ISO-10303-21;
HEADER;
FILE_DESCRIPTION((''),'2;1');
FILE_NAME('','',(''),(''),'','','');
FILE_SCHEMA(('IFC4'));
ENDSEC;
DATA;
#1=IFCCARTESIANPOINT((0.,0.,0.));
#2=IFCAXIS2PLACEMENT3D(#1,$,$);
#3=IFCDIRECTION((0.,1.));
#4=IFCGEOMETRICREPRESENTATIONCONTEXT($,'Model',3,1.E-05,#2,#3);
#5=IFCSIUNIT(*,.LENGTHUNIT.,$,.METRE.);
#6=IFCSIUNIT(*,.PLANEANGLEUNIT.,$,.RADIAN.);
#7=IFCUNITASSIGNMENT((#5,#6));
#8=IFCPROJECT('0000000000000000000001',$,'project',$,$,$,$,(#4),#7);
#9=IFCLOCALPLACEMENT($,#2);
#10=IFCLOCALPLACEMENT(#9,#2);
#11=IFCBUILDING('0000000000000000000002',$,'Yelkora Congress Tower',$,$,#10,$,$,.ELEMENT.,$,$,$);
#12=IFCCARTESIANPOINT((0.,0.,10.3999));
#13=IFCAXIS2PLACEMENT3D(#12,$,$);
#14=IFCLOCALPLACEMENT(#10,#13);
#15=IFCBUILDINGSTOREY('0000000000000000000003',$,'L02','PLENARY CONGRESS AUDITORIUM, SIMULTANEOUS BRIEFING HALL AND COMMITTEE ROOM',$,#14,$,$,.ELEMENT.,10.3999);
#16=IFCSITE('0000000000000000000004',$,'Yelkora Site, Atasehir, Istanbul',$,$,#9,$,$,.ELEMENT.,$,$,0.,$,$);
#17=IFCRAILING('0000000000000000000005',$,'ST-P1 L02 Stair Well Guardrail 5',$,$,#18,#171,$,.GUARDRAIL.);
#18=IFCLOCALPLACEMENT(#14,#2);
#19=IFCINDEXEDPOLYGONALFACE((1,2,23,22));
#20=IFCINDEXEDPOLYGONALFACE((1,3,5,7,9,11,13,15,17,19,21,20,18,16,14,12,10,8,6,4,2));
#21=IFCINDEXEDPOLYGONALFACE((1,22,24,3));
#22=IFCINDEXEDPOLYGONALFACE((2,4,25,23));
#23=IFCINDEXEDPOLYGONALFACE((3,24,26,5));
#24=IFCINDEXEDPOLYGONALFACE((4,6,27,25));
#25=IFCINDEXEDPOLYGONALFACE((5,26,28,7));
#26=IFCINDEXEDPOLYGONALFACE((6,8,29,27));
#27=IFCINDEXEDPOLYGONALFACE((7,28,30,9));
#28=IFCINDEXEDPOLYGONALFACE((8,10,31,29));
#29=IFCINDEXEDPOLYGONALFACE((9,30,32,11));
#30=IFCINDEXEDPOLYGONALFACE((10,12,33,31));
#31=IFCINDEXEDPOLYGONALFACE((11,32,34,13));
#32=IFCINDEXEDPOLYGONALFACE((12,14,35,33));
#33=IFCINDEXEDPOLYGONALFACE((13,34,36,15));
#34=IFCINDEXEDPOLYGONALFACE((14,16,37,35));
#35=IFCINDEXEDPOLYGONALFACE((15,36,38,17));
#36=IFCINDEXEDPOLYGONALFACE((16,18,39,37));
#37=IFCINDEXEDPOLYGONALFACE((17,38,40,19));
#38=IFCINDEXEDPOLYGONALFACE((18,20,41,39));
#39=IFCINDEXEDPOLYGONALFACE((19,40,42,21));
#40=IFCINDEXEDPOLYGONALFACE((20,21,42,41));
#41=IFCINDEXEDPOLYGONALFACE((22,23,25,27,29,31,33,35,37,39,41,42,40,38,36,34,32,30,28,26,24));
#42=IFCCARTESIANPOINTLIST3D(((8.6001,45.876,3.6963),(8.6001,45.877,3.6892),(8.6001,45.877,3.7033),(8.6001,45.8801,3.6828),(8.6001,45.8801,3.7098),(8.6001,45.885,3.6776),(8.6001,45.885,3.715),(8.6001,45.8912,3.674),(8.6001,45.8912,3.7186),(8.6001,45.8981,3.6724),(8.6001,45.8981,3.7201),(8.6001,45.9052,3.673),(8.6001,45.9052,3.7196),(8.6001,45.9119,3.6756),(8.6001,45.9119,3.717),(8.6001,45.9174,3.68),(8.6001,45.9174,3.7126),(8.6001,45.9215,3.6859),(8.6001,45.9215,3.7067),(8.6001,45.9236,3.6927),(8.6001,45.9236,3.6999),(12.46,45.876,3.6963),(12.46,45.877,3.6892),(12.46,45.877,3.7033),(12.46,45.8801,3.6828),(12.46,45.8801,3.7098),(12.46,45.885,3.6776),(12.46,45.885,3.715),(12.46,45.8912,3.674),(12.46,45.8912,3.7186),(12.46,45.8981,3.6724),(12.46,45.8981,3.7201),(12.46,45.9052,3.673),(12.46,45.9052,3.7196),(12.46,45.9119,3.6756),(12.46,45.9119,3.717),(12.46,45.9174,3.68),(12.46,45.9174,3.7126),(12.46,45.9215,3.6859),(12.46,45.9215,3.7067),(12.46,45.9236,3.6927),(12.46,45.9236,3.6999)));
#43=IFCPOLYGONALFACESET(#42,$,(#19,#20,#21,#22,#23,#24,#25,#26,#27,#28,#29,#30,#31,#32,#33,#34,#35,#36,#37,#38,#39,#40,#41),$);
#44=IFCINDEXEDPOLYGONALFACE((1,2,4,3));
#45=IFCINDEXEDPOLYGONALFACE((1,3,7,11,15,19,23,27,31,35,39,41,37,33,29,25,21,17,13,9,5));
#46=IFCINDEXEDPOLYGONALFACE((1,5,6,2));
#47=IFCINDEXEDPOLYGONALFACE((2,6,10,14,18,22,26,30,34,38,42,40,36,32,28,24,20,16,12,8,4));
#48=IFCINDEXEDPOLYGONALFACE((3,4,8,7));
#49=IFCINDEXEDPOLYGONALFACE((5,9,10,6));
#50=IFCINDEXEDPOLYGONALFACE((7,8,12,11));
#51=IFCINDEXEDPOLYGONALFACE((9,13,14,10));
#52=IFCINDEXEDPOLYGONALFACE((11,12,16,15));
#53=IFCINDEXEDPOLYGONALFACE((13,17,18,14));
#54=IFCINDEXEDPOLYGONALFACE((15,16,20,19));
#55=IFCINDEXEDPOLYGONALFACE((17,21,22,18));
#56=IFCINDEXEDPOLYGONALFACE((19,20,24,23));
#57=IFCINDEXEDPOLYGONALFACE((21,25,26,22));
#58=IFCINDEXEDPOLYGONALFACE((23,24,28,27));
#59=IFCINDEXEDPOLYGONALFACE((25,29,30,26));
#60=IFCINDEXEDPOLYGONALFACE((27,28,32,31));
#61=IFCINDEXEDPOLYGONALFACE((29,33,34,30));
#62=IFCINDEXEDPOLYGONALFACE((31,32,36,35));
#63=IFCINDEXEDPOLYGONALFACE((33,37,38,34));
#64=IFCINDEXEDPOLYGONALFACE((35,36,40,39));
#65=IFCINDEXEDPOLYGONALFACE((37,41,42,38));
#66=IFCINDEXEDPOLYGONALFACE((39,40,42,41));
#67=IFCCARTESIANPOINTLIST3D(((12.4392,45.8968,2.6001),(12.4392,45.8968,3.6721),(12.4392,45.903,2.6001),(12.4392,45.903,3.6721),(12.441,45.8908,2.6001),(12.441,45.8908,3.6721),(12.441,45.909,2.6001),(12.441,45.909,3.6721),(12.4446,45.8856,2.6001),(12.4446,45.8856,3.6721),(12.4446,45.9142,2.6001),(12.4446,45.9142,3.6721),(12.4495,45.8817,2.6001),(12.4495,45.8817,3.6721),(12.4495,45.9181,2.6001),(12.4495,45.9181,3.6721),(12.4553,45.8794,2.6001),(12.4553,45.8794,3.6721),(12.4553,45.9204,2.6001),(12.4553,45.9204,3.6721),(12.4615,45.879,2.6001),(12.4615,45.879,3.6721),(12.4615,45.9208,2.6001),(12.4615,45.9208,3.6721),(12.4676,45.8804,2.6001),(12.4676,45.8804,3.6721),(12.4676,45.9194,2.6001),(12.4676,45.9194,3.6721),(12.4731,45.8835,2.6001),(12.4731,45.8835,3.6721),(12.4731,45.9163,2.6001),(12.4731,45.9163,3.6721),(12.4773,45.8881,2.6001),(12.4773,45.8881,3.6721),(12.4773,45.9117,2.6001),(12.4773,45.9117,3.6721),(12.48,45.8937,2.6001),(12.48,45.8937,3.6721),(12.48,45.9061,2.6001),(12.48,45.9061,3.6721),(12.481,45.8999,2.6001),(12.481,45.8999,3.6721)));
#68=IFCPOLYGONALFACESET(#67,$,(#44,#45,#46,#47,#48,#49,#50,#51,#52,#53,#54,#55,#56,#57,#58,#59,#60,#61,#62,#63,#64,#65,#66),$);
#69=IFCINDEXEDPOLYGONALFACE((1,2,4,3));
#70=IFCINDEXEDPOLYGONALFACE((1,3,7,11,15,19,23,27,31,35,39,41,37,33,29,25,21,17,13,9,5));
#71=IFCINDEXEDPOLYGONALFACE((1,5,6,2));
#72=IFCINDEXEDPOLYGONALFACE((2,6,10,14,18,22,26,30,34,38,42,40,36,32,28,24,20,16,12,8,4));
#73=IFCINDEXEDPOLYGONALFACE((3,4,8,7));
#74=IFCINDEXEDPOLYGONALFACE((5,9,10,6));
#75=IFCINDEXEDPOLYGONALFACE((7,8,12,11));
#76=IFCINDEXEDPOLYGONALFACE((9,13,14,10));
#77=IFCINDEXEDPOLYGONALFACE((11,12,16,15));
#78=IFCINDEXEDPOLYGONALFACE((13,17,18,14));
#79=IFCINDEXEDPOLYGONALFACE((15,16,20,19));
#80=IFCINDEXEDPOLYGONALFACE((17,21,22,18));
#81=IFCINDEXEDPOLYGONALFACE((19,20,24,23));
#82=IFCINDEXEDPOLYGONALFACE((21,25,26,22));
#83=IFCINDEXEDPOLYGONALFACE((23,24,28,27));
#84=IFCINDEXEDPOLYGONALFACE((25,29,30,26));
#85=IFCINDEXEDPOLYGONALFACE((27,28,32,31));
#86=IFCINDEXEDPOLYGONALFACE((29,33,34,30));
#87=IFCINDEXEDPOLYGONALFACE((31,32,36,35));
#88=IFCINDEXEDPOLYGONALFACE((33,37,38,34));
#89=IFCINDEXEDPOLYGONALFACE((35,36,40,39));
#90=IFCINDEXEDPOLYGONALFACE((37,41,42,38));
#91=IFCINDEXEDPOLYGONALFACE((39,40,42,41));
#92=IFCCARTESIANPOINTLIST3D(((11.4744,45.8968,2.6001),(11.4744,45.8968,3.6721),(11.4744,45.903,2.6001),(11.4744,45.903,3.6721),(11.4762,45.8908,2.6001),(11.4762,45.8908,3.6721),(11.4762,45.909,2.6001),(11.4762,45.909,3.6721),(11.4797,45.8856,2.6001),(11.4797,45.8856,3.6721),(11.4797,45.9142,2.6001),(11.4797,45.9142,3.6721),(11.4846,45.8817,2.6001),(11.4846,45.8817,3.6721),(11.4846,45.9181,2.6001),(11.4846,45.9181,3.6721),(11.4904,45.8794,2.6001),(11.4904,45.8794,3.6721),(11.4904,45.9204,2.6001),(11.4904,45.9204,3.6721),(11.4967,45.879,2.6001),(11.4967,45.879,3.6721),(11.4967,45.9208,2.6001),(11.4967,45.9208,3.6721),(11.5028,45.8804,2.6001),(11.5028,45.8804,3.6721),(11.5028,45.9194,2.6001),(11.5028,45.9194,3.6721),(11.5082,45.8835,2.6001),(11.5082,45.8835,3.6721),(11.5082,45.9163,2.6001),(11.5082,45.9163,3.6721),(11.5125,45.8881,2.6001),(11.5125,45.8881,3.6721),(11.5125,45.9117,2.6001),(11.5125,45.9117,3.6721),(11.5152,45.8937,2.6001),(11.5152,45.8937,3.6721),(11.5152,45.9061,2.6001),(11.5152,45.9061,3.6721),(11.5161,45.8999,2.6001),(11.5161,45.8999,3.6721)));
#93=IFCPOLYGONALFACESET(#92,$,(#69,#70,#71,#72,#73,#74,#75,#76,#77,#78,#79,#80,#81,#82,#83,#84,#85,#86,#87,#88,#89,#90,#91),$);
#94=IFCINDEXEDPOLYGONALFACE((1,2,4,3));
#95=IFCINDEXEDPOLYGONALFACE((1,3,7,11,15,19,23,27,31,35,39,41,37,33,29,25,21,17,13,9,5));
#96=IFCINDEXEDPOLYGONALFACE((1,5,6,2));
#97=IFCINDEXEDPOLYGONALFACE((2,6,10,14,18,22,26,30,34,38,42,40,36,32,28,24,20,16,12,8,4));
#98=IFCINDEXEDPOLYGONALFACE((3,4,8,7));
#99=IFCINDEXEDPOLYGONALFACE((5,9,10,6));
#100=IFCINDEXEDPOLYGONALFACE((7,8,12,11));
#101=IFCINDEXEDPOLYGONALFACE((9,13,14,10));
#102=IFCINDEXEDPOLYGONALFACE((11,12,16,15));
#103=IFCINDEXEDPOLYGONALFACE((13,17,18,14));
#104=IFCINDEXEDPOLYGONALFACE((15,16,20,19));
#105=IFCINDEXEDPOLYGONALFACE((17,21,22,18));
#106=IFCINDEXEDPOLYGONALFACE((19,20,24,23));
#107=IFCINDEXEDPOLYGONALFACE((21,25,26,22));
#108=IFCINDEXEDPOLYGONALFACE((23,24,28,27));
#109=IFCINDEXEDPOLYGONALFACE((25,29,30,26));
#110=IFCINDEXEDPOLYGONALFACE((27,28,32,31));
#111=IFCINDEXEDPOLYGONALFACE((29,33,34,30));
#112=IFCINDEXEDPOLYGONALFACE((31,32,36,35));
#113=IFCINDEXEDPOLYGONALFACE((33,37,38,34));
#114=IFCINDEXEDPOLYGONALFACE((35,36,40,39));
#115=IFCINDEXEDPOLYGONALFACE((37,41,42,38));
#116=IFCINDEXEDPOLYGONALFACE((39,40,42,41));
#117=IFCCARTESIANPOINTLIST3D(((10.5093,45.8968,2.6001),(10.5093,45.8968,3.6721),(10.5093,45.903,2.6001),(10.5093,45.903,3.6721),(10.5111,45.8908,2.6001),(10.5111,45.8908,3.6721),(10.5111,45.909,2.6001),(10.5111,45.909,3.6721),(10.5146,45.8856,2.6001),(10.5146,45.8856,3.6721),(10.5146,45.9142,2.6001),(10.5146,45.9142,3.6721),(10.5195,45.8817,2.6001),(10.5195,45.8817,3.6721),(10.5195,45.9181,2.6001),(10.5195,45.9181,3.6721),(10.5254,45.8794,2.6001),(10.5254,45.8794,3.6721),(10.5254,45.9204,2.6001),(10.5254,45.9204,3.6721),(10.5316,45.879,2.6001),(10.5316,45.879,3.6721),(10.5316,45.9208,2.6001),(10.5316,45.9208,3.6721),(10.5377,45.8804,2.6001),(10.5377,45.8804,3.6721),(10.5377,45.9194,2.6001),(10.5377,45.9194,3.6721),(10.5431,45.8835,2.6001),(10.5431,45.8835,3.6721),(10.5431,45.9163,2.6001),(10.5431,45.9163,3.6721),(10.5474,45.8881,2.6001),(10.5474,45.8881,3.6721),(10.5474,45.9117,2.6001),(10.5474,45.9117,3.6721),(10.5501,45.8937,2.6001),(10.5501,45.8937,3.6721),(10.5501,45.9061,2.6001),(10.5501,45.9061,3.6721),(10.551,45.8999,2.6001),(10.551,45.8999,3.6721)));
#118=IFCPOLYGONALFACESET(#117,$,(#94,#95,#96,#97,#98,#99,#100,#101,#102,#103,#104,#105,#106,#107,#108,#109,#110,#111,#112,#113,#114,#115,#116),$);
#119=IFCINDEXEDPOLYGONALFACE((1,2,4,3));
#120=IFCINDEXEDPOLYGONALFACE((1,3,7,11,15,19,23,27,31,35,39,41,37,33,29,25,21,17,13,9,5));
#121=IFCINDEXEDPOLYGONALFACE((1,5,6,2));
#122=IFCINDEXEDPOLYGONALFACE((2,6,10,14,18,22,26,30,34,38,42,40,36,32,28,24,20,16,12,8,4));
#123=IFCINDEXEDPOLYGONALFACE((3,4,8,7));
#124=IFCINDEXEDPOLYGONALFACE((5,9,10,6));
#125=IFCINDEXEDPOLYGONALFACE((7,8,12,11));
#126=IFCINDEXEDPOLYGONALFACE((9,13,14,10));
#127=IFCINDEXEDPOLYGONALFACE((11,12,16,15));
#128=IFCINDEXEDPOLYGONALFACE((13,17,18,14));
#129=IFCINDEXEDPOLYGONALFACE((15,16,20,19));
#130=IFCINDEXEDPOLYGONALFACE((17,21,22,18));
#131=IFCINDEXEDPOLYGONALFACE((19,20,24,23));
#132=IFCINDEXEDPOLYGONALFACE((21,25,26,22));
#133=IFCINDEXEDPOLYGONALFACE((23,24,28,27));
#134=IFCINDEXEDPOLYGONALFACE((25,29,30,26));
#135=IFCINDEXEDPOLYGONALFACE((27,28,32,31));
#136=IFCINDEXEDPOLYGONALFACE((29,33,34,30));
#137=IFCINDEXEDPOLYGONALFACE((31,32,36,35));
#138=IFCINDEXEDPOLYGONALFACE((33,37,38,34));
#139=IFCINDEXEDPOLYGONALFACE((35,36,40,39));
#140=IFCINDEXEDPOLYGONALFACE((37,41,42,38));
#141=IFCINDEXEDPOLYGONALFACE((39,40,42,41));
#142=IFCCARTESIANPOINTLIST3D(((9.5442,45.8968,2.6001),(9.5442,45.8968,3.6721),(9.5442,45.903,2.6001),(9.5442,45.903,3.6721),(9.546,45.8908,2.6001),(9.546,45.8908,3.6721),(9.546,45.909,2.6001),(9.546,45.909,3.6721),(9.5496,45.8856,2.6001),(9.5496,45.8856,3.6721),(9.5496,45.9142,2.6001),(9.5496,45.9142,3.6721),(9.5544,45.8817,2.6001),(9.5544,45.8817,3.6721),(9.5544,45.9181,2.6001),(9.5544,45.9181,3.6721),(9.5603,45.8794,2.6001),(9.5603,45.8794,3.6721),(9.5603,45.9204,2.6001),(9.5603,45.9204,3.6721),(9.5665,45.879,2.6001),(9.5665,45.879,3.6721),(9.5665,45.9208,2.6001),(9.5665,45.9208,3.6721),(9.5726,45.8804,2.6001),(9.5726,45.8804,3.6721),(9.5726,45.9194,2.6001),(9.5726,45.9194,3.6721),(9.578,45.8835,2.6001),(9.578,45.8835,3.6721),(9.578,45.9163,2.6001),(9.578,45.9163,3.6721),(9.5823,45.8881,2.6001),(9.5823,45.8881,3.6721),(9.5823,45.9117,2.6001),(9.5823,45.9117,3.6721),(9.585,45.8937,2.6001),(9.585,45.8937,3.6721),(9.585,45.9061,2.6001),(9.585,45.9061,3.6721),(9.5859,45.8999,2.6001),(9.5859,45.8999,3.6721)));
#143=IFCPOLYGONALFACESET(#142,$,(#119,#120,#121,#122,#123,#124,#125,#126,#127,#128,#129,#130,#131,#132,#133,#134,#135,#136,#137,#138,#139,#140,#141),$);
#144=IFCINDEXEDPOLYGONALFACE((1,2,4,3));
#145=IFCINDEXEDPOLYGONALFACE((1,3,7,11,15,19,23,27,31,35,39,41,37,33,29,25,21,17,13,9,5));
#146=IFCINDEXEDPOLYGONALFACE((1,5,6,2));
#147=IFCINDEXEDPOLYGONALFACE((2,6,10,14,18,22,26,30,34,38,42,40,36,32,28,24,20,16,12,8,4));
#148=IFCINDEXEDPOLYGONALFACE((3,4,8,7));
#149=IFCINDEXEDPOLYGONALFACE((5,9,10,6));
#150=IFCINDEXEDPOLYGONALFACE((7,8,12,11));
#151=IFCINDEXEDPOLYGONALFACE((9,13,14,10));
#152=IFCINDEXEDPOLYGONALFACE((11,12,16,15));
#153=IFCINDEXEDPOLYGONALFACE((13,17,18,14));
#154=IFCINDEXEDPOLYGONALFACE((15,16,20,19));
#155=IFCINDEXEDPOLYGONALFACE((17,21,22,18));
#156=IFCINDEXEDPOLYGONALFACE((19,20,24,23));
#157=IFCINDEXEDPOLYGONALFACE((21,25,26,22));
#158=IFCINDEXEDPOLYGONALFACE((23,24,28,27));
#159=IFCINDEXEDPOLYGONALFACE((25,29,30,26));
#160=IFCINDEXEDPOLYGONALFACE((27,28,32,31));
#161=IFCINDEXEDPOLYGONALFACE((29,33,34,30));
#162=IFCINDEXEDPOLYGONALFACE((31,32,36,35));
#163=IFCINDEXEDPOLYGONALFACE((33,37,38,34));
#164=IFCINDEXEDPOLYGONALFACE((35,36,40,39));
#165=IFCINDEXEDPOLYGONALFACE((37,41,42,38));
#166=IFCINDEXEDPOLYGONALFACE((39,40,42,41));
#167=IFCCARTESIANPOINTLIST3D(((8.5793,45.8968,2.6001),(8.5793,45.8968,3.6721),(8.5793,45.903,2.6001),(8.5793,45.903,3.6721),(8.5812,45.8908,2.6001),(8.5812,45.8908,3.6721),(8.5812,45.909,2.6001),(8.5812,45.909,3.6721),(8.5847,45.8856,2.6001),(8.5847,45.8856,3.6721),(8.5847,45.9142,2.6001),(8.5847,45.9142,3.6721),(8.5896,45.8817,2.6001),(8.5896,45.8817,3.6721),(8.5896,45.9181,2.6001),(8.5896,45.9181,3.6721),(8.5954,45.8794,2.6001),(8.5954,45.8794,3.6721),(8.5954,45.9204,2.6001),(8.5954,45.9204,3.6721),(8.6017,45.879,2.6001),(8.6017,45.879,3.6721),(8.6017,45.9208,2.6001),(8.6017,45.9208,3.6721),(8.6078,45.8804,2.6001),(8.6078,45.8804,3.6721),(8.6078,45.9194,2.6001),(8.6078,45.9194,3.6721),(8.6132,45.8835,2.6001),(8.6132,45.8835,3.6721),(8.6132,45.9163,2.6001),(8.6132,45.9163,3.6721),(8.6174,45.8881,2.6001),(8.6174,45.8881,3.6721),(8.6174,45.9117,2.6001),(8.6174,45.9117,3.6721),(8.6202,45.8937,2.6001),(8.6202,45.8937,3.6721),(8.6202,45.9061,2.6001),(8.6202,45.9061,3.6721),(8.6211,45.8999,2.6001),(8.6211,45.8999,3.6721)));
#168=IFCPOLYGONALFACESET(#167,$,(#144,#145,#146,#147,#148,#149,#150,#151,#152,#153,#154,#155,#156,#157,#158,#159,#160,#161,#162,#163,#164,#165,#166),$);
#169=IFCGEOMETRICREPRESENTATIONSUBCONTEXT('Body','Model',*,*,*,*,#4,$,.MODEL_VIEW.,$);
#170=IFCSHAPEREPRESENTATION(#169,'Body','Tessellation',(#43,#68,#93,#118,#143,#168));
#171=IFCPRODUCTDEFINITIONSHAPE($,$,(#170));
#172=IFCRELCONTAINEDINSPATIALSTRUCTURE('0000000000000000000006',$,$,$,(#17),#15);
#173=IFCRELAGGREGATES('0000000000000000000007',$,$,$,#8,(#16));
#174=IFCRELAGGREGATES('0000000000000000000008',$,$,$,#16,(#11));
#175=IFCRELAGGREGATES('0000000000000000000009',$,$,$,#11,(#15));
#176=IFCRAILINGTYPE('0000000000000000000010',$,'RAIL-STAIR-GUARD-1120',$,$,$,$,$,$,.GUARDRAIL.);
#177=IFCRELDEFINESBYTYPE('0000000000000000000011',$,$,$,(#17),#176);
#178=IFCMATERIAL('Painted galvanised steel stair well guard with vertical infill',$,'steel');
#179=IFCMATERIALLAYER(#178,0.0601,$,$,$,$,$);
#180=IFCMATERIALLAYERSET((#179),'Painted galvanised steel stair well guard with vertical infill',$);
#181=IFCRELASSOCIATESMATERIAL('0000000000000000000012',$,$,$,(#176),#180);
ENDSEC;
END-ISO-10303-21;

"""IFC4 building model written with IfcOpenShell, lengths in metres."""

from ifc_helpers import new_model, si_unit, direction, frame, origin, origin_2d, place, context, subcontext, project, spatial, circle, extrude, material, layer, layer_set, type_object, element, save


model = new_model("IFC4")

# Units and contexts
model_context = context("Model", 3, precision=1e-05, world=origin(), true_north=direction((0.0, 1.0)))
body_context = subcontext(model_context, "Body", "Model", "MODEL_VIEW")
ifc_project = project(units=[si_unit("LENGTHUNIT", "METRE"), si_unit("PLANEANGLEUNIT", "RADIAN")], contexts=[model_context])

# Site, building, storey
site_placement = place(None, origin())
site = spatial("IfcSite", under=ifc_project, at=site_placement, Name="Yelkora Site, Atasehir, Istanbul", CompositionType="ELEMENT", RefElevation=0.0)
building_placement = place(site_placement, origin())
building = spatial("IfcBuilding", under=site, at=building_placement, Name="Yelkora Congress Tower", CompositionType="ELEMENT")
storey_placement = place(building_placement, frame((0.0, 0.0, 10.3999)))
storey = spatial("IfcBuildingStorey", under=building, at=storey_placement, Name="L02", Description="PLENARY CONGRESS AUDITORIUM, SIMULTANEOUS BRIEFING HALL AND COMMITTEE ROOM", CompositionType="ELEMENT", Elevation=10.3999)

# Railing
ifc_material_1 = material(Name="Painted galvanised steel stair well guard with vertical infill", Category="steel")
ifc_layer_1 = layer(ifc_material_1, 0.0601)
ifc_layer_set_1 = layer_set([ifc_layer_1], Name="Painted galvanised steel stair well guard with vertical infill")
railing_type_1 = type_object("IfcRailingType", Name="RAIL-STAIR-GUARD-1120", PredefinedType="GUARDRAIL", material=ifc_layer_set_1)
railing_1_placement = place(storey_placement, frame((12.46, 45.8999, 2.6001)))
element("IfcRailing", 1, at=railing_1_placement, inside=storey, type_object=railing_type_1, Name="ST-P1 L02 Stair Well Guardrail 5", PredefinedType="GUARDRAIL", context=body_context, shape_type="SweptSolid", body=[
    extrude(circle(Radius=0.0239, at=origin_2d()), frame((0.0, 0.0, 1.0962), z_axis=(-1.0, 0.0, 0.0), x_axis=(0.0, -1.0, 0.0)), (0.0, 0.0, 1.0), 3.8599),
    extrude(circle(Radius=0.021, at=origin_2d()), origin(), (0.0, 0.0, 1.0), 1.072),
    extrude(circle(Radius=0.021, at=origin_2d()), frame((-0.9648, 0.0, 0.0)), (0.0, 0.0, 1.0), 1.072),
    extrude(circle(Radius=0.021, at=origin_2d()), frame((-1.9299, 0.0, 0.0)), (0.0, 0.0, 1.0), 1.072),
    extrude(circle(Radius=0.021, at=origin_2d()), frame((-2.895, 0.0, 0.0)), (0.0, 0.0, 1.0), 1.072),
    extrude(circle(Radius=0.021, at=origin_2d()), frame((-3.8599, 0.0, 0.0)), (0.0, 0.0, 1.0), 1.072),
])

save(model, "model.ifc")
